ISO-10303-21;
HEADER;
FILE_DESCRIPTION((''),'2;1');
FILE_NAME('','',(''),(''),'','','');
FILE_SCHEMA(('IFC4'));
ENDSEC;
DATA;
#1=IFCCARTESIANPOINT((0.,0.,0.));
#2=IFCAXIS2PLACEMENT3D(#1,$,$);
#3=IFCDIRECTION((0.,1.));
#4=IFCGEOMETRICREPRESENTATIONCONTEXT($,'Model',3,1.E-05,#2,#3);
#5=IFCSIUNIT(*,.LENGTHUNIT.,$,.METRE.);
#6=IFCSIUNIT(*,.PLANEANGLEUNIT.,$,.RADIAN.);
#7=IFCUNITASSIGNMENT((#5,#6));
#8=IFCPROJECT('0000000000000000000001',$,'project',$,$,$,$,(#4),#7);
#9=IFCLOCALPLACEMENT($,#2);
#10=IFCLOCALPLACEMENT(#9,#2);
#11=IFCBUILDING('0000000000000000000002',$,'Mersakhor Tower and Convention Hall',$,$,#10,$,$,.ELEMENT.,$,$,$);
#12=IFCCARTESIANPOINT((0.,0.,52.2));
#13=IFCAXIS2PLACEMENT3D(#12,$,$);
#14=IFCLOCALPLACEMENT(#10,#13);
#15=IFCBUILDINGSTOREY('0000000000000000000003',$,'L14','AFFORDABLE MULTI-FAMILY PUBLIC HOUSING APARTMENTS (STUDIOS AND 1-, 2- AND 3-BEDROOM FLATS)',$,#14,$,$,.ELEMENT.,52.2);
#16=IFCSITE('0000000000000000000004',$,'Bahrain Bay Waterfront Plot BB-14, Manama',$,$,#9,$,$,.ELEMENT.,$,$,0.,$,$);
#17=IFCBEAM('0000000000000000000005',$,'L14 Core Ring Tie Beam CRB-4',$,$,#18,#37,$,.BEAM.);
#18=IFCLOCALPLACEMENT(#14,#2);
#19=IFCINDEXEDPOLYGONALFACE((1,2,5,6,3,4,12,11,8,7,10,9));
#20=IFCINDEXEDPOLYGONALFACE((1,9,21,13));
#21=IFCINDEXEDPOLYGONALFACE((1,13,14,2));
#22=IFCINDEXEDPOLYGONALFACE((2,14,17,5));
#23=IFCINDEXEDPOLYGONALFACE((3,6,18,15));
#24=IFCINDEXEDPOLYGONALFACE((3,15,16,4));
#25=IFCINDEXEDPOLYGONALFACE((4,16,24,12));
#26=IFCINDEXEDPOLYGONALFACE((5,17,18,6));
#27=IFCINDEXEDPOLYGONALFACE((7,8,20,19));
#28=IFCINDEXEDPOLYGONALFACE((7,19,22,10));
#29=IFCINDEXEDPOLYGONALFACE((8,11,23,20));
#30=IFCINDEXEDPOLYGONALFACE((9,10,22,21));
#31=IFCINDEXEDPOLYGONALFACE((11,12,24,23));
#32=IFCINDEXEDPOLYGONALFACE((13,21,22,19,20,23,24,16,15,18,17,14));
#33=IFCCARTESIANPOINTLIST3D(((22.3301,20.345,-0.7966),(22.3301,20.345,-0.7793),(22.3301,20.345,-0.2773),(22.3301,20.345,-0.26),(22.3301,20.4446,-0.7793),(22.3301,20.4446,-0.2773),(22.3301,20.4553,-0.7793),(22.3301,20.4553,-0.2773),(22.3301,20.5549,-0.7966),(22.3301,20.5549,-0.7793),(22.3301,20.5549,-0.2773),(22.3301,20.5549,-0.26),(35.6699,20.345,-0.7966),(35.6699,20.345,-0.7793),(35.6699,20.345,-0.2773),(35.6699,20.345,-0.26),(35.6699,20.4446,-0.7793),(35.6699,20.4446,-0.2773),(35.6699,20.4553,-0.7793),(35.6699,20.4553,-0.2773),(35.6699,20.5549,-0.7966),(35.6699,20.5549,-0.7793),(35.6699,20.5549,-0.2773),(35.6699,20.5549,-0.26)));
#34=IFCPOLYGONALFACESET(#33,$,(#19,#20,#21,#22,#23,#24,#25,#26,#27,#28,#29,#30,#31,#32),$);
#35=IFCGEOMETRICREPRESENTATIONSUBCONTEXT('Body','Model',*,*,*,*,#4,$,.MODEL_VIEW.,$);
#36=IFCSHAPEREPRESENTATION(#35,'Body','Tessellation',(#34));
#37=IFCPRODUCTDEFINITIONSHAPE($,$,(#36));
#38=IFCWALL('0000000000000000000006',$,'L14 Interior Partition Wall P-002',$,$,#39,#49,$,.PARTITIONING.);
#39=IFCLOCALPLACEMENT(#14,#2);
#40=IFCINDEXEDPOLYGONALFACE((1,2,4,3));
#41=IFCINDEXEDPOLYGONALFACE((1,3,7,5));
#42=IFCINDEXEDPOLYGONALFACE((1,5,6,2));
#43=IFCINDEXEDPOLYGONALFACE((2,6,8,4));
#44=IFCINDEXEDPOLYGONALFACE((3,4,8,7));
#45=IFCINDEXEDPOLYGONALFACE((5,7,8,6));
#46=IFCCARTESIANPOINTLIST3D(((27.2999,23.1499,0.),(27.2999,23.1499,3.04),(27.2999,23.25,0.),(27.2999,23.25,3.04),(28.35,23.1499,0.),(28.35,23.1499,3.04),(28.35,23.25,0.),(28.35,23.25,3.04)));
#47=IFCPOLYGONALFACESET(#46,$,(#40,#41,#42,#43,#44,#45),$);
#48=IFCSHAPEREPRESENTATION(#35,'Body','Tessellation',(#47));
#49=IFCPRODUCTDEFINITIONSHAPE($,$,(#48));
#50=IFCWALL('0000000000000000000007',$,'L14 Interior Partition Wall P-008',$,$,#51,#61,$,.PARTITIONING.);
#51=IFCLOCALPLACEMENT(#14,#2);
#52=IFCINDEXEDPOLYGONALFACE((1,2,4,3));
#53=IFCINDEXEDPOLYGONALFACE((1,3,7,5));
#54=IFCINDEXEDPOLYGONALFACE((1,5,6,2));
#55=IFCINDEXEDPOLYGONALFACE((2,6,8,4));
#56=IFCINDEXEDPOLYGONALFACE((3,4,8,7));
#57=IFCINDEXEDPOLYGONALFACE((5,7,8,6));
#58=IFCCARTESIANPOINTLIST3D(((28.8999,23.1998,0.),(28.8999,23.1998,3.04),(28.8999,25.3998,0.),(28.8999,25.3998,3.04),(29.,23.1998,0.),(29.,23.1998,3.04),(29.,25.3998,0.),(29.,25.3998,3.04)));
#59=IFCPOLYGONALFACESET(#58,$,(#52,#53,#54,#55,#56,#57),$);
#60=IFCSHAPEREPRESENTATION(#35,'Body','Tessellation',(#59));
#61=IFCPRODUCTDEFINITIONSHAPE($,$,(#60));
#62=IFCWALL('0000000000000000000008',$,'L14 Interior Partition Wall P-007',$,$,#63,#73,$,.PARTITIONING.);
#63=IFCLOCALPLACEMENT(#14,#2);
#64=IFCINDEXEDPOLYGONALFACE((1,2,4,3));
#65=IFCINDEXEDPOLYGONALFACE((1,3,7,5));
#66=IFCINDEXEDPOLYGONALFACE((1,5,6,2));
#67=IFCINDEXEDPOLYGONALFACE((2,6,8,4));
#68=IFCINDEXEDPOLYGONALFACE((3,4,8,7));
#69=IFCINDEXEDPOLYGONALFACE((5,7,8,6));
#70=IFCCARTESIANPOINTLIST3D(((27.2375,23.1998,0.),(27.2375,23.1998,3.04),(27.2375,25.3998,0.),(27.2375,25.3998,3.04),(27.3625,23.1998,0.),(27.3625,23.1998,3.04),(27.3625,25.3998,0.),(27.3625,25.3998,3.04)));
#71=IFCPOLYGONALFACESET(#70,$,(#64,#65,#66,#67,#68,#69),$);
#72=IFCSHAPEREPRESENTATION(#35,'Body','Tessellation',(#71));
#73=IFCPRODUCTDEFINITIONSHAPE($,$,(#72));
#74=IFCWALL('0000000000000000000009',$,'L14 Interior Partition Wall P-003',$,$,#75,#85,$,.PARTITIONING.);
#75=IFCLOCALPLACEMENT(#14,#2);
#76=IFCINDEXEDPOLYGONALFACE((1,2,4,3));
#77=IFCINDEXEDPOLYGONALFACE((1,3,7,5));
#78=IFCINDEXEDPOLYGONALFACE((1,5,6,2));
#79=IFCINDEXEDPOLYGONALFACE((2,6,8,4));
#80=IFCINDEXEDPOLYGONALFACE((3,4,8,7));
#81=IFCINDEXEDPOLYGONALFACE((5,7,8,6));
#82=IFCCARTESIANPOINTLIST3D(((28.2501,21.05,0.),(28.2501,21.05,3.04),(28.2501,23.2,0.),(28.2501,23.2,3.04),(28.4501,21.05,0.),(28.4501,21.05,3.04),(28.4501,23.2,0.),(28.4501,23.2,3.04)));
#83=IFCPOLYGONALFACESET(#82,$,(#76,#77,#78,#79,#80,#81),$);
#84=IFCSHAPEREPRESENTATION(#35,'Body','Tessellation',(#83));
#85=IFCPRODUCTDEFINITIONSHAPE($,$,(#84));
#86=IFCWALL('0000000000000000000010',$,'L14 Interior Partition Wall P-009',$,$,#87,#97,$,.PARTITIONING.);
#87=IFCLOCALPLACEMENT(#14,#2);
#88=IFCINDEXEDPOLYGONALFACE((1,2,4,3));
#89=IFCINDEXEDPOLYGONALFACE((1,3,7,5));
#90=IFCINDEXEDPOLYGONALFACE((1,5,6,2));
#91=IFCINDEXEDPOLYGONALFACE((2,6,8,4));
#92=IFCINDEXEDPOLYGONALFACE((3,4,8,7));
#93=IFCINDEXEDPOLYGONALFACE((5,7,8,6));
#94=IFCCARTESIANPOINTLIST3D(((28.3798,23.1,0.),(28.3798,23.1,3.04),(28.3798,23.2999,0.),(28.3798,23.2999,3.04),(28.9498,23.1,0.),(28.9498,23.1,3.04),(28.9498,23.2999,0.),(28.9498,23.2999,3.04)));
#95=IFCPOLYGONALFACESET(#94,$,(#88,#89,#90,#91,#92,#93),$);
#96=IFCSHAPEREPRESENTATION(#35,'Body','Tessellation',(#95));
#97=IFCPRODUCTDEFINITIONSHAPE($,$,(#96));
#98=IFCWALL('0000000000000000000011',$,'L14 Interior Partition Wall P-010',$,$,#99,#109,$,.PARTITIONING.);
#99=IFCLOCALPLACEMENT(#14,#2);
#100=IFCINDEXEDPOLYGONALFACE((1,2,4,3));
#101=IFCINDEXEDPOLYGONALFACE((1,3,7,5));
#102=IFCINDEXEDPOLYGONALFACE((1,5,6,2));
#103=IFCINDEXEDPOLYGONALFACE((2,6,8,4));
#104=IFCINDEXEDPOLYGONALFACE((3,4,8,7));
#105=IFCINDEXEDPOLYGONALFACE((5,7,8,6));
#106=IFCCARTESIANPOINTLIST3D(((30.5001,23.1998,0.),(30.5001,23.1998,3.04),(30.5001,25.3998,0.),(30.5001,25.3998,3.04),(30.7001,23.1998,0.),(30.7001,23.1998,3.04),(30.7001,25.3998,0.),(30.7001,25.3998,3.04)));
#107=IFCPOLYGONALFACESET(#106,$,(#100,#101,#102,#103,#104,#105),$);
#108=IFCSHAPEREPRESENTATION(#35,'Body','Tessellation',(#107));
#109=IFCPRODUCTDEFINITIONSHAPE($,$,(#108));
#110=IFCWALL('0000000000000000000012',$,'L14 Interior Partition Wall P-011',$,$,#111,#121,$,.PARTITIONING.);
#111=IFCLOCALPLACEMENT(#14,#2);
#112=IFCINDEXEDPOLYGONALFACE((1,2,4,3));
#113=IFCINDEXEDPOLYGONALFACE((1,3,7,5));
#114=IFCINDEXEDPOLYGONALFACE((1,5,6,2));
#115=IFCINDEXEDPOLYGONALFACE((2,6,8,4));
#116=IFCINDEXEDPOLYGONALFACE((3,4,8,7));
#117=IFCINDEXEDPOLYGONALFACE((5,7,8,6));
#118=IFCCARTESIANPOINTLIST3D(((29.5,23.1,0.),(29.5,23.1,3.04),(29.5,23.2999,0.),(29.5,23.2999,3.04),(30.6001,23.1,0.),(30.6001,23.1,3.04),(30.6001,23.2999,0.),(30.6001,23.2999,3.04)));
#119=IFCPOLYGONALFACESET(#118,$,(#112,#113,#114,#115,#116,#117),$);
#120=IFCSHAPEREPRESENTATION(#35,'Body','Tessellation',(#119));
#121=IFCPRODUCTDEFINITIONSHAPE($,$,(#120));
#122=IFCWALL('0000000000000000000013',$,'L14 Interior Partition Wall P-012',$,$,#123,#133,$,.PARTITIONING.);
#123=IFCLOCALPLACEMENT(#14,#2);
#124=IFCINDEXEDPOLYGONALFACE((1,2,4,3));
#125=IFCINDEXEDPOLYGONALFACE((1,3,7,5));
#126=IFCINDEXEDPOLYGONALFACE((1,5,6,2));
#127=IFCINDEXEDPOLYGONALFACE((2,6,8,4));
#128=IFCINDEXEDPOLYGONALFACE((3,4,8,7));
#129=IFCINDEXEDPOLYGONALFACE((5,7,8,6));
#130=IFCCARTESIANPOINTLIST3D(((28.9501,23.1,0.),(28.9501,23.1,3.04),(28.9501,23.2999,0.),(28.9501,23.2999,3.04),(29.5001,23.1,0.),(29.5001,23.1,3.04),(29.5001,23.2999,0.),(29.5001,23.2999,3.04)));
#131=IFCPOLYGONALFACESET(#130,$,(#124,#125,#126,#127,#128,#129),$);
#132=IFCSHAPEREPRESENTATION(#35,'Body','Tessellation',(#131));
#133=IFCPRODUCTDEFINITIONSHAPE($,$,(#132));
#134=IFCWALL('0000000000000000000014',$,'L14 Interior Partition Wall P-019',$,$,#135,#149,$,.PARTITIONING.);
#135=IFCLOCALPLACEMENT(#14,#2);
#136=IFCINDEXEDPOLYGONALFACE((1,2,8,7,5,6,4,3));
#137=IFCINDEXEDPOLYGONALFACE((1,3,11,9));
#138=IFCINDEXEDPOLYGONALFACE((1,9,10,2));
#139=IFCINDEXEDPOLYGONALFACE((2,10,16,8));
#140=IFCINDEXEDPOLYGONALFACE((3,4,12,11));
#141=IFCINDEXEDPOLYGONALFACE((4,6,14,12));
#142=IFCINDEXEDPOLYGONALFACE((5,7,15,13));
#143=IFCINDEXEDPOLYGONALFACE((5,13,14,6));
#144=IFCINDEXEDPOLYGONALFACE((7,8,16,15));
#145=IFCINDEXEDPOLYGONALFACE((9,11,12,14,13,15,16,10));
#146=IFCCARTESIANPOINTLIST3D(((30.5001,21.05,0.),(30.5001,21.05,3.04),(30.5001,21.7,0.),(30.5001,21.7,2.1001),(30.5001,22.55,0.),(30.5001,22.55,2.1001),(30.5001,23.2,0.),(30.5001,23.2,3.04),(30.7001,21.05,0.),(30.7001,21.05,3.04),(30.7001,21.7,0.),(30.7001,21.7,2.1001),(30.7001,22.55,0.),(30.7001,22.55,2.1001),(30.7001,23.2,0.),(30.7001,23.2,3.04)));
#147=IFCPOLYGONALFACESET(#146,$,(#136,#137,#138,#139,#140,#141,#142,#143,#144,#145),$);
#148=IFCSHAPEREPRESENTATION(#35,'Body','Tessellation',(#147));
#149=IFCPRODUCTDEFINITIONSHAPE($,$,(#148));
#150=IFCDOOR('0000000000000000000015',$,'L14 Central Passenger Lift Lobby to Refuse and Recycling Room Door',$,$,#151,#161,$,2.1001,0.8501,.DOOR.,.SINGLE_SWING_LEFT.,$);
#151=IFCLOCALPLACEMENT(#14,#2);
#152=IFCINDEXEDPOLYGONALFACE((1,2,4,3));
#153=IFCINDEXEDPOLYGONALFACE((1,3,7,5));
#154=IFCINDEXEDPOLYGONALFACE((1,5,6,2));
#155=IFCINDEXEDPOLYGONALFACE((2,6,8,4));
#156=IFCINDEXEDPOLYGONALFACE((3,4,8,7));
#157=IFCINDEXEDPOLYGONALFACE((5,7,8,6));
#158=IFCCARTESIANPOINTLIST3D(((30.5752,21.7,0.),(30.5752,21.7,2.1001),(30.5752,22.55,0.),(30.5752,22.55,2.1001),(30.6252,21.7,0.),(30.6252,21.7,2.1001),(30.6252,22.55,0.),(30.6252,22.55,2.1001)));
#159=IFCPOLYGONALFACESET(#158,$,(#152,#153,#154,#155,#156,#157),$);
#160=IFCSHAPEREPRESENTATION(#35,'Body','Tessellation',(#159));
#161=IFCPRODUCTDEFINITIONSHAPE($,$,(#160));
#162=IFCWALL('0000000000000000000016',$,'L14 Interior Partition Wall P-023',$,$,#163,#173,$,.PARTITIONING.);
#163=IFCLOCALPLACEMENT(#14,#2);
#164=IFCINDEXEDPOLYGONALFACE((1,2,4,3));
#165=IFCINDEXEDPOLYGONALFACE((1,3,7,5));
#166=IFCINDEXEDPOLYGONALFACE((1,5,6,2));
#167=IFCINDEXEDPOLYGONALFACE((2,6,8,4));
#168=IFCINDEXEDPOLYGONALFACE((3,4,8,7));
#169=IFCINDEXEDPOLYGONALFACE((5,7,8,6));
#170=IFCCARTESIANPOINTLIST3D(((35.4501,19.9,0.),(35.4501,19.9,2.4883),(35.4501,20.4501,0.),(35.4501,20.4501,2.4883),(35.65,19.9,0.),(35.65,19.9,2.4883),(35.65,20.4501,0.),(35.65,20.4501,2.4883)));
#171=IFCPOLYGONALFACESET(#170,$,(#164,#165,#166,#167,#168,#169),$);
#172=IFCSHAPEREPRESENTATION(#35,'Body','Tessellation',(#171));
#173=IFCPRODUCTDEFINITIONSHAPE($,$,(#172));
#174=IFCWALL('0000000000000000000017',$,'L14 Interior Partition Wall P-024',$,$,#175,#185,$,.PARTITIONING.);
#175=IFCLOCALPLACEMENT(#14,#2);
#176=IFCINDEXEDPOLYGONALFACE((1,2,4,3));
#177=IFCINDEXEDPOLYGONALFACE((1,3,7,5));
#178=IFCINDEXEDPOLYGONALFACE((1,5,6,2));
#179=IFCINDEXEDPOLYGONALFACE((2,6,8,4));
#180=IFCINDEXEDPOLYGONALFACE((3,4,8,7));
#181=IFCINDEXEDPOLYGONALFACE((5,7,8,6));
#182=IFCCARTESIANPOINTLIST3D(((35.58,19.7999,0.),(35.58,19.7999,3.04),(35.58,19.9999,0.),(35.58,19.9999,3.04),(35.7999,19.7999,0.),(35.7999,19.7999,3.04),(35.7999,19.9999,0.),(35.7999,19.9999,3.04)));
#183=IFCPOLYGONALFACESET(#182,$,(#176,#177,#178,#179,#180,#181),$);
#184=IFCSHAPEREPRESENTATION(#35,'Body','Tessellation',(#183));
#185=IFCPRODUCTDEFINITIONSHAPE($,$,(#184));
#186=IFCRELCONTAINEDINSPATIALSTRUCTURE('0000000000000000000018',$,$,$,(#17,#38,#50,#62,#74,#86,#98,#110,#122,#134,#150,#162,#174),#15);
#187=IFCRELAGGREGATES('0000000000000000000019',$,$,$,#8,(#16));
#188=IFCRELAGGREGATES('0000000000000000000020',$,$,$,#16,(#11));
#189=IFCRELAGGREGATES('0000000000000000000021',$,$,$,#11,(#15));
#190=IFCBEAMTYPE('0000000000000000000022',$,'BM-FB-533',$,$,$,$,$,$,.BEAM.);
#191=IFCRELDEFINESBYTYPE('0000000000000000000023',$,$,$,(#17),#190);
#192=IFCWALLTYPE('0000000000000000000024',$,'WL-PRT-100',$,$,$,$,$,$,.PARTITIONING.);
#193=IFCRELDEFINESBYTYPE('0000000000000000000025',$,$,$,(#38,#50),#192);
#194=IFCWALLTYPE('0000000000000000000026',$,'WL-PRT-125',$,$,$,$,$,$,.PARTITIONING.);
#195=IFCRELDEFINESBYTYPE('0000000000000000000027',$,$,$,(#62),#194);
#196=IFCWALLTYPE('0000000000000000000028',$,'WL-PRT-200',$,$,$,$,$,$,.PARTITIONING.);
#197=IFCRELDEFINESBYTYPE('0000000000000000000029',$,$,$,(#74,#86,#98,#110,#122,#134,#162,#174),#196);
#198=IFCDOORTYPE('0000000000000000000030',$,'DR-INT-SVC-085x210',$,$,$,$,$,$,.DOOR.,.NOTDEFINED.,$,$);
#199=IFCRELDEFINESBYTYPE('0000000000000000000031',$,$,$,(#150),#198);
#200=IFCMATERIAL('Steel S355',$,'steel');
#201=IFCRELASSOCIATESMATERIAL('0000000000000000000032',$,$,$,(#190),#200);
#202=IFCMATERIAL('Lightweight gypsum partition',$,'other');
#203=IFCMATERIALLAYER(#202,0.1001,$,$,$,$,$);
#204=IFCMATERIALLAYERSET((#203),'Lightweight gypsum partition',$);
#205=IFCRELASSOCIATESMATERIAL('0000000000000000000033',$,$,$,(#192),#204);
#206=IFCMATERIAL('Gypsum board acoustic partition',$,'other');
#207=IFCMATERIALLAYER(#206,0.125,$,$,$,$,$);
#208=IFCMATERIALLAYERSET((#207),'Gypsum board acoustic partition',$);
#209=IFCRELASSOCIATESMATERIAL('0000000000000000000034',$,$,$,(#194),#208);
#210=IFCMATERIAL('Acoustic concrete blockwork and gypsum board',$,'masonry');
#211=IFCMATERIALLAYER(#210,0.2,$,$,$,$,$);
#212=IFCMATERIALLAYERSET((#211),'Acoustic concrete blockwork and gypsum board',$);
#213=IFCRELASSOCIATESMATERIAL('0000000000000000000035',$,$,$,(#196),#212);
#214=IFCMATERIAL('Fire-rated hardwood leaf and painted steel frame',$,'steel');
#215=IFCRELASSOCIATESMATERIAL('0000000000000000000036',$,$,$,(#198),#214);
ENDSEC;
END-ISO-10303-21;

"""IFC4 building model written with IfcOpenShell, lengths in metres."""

from ifc_helpers import new_model, si_unit, direction, frame, frame_2d, origin, origin_2d, place, context, subcontext, project, spatial, rectangle, i_section, extrude, material, layer, layer_set, material_profile, profile_set, type_object, element, fill, save


model = new_model("IFC4")

# Units and contexts
model_context = context("Model", 3, precision=1e-05, world=origin(), true_north=direction((0.0, 1.0)))
body_context = subcontext(model_context, "Body", "Model", "MODEL_VIEW")
ifc_project = project(units=[si_unit("LENGTHUNIT", "METRE"), si_unit("PLANEANGLEUNIT", "RADIAN")], contexts=[model_context])

# Site, building, storey
site_placement = place(None, origin())
site = spatial("IfcSite", under=ifc_project, at=site_placement, Name="Bahrain Bay Waterfront Plot BB-14, Manama", CompositionType="ELEMENT", RefElevation=0.0)
building_placement = place(site_placement, origin())
building = spatial("IfcBuilding", under=site, at=building_placement, Name="Mersakhor Tower and Convention Hall", CompositionType="ELEMENT")
storey_placement = place(building_placement, frame((0.0, 0.0, 52.2)))
storey = spatial("IfcBuildingStorey", under=building, at=storey_placement, Name="L14", Description="AFFORDABLE MULTI-FAMILY PUBLIC HOUSING APARTMENTS (STUDIOS AND 1-, 2- AND 3-BEDROOM FLATS)", CompositionType="ELEMENT", Elevation=52.2)

# Beam
ifc_material_1 = material(Name="Steel S355", Category="steel")
ifc_material_profile = material_profile(ifc_material_1, i_section(OverallWidth=0.21, OverallDepth=0.5366, WebThickness=0.0107, FlangeThickness=0.0173, at=origin_2d()), Name="UB 533x210x101")
ifc_profile_set = profile_set([ifc_material_profile], Name="Steel S355")
beam_type = type_object("IfcBeamType", Name="BM-FB-533", PredefinedType="BEAM", material=ifc_profile_set)
beam_placement = place(storey_placement, frame((35.6699, 20.45, -0.5283), z_axis=(-1.0, 0.0, 0.0), x_axis=(0.0, -1.0, 0.0)))
element("IfcBeam", 1, at=beam_placement, inside=storey, type_object=beam_type, Name="L14 Core Ring Tie Beam CRB-4", PredefinedType="BEAM", context=body_context, shape_type="SweptSolid", body=[
    extrude(i_section(OverallWidth=0.21, OverallDepth=0.5366, WebThickness=0.0107, FlangeThickness=0.0173, at=origin_2d()), origin(), (0.0, 0.0, 1.0), 13.3398),
])

# Walls
ifc_material_2 = material(Name="Lightweight gypsum partition", Category="other")
ifc_layer_1 = layer(ifc_material_2, 0.1001)
ifc_layer_set_1 = layer_set([ifc_layer_1], Name="Lightweight gypsum partition")
wall_type_1 = type_object("IfcWallType", Name="WL-PRT-100", PredefinedType="PARTITIONING", material=ifc_layer_set_1)
wall_1_placement = place(storey_placement, frame((27.3, 23.2, 0.0), z_axis=(0.0, 0.0, 1.0), x_axis=(1.0, 0.0, 0.0)))
element("IfcWall", 2, at=wall_1_placement, inside=storey, type_object=wall_type_1, Name="L14 Interior Partition Wall P-002", PredefinedType="PARTITIONING", context=body_context, shape_type="SweptSolid", body=[
    extrude(rectangle(XDim=1.05, YDim=0.1001, at=frame_2d((0.5249, 0.0))), origin(), (0.0, 0.0, 1.0), 3.04),
])
wall_2_placement = place(storey_placement, frame((28.95, 25.3999, 0.0), z_axis=(0.0, 0.0, 1.0), x_axis=(0.0, -1.0, 0.0)))
element("IfcWall", 3, at=wall_2_placement, inside=storey, type_object=wall_type_1, Name="L14 Interior Partition Wall P-008", PredefinedType="PARTITIONING", context=body_context, shape_type="SweptSolid", body=[
    extrude(rectangle(XDim=2.2, YDim=0.1001, at=frame_2d((1.1001, 0.0))), origin(), (0.0, 0.0, 1.0), 3.04),
])
ifc_material_3 = material(Name="Gypsum board acoustic partition", Category="other")
ifc_layer_2 = layer(ifc_material_3, 0.125)
ifc_layer_set_2 = layer_set([ifc_layer_2], Name="Gypsum board acoustic partition")
wall_type_2 = type_object("IfcWallType", Name="WL-PRT-125", PredefinedType="PARTITIONING", material=ifc_layer_set_2)
wall_3_placement = place(storey_placement, frame((27.3, 25.3999, 0.0), z_axis=(0.0, 0.0, 1.0), x_axis=(0.0, -1.0, 0.0)))
element("IfcWall", 4, at=wall_3_placement, inside=storey, type_object=wall_type_2, Name="L14 Interior Partition Wall P-007", PredefinedType="PARTITIONING", context=body_context, shape_type="SweptSolid", body=[
    extrude(rectangle(XDim=2.2, YDim=0.125, at=frame_2d((1.1001, 0.0))), origin(), (0.0, 0.0, 1.0), 3.04),
])
ifc_material_4 = material(Name="Acoustic concrete blockwork and gypsum board", Category="masonry")
ifc_layer_3 = layer(ifc_material_4, 0.2)
ifc_layer_set_3 = layer_set([ifc_layer_3], Name="Acoustic concrete blockwork and gypsum board")
wall_type_3 = type_object("IfcWallType", Name="WL-PRT-200", PredefinedType="PARTITIONING", material=ifc_layer_set_3)
wall_4_placement = place(storey_placement, frame((28.3501, 23.2, 0.0), z_axis=(0.0, 0.0, 1.0), x_axis=(0.0, -1.0, 0.0)))
element("IfcWall", 5, at=wall_4_placement, inside=storey, type_object=wall_type_3, Name="L14 Interior Partition Wall P-003", PredefinedType="PARTITIONING", context=body_context, shape_type="SweptSolid", body=[
    extrude(rectangle(XDim=2.1499, YDim=0.2, at=frame_2d((1.075, 0.0))), origin(), (0.0, 0.0, 1.0), 3.04),
])
wall_5_placement = place(storey_placement, frame((28.95, 23.2, 0.0), z_axis=(0.0, 0.0, 1.0), x_axis=(-1.0, 0.0, 0.0)))
element("IfcWall", 6, at=wall_5_placement, inside=storey, type_object=wall_type_3, Name="L14 Interior Partition Wall P-009", PredefinedType="PARTITIONING", context=body_context, shape_type="SweptSolid", body=[
    extrude(rectangle(XDim=0.5701, YDim=0.2, at=frame_2d((0.2852, 0.0))), origin(), (0.0, 0.0, 1.0), 3.04),
])
wall_6_placement = place(storey_placement, frame((30.6001, 25.3999, 0.0), z_axis=(0.0, 0.0, 1.0), x_axis=(0.0, -1.0, 0.0)))
element("IfcWall", 7, at=wall_6_placement, inside=storey, type_object=wall_type_3, Name="L14 Interior Partition Wall P-010", PredefinedType="PARTITIONING", context=body_context, shape_type="SweptSolid", body=[
    extrude(rectangle(XDim=2.2, YDim=0.2, at=frame_2d((1.1001, 0.0))), origin(), (0.0, 0.0, 1.0), 3.04),
])
wall_7_placement = place(storey_placement, frame((30.6001, 23.2, 0.0), z_axis=(0.0, 0.0, 1.0), x_axis=(-1.0, 0.0, 0.0)))
element("IfcWall", 8, at=wall_7_placement, inside=storey, type_object=wall_type_3, Name="L14 Interior Partition Wall P-011", PredefinedType="PARTITIONING", context=body_context, shape_type="SweptSolid", body=[
    extrude(rectangle(XDim=1.1001, YDim=0.2, at=frame_2d((0.55, 0.0))), origin(), (0.0, 0.0, 1.0), 3.04),
])
wall_8_placement = place(storey_placement, frame((29.5, 23.2, 0.0), z_axis=(0.0, 0.0, 1.0), x_axis=(-1.0, 0.0, 0.0)))
element("IfcWall", 9, at=wall_8_placement, inside=storey, type_object=wall_type_3, Name="L14 Interior Partition Wall P-012", PredefinedType="PARTITIONING", context=body_context, shape_type="SweptSolid", body=[
    extrude(rectangle(XDim=0.55, YDim=0.2, at=frame_2d((0.2749, 0.0))), origin(), (0.0, 0.0, 1.0), 3.04),
])

# Wall, opening, door
wall_9_placement = place(storey_placement, frame((30.6001, 21.05, 0.0), z_axis=(0.0, 0.0, 1.0), x_axis=(0.0, 1.0, 0.0)))
wall_9 = element("IfcWall", 10, at=wall_9_placement, inside=storey, type_object=wall_type_3, Name="L14 Interior Partition Wall P-019", PredefinedType="PARTITIONING", context=body_context, shape_type="SweptSolid", body=[
    extrude(rectangle(XDim=2.1499, YDim=0.2, at=frame_2d((1.075, 0.0))), origin(), (0.0, 0.0, 1.0), 3.04),
])
opening_1_placement = place(wall_9_placement, frame((0.6499, 0.0, 0.0)))
opening_1 = element("IfcOpeningElement", 11, at=opening_1_placement, cuts=wall_9, PredefinedType="OPENING", context=body_context, shape_type="SweptSolid", body=[
    extrude(rectangle(XDim=0.8501, YDim=2.1001, at=frame_2d((0.425, 1.05))), frame((0.0, 0.1099, 0.0), z_axis=(0.0, -1.0, 0.0), x_axis=(1.0, 0.0, 0.0)), (0.0, 0.0, 1.0), 0.22),
])
ifc_material_5 = material(Name="Fire-rated hardwood leaf and painted steel frame", Category="steel")
door_type_1 = type_object("IfcDoorType", Name="DR-INT-SVC-085x210", OperationType="NOTDEFINED", PredefinedType="DOOR", material=ifc_material_5)
door_1_placement = place(opening_1_placement, origin())
door_1 = element("IfcDoor", 12, at=door_1_placement, inside=storey, type_object=door_type_1, Name="L14 Central Passenger Lift Lobby to Refuse and Recycling Room Door", OperationType="SINGLE_SWING_LEFT", OverallHeight=2.1001, OverallWidth=0.8501, PredefinedType="DOOR", context=body_context, shape_type="SweptSolid", body=[
    extrude(rectangle(XDim=0.8501, YDim=2.1001, at=frame_2d((0.425, 1.05))), frame((0.0, 0.0249, 0.0), z_axis=(0.0, -1.0, 0.0), x_axis=(1.0, 0.0, 0.0)), (0.0, 0.0, 1.0), 0.05),
])
fill(opening_1, door_1)

# Walls
wall_10_placement = place(storey_placement, frame((35.55, 20.45, 0.0), z_axis=(0.0, 0.0, 1.0), x_axis=(0.0, -1.0, 0.0)))
element("IfcWall", 13, at=wall_10_placement, inside=storey, type_object=wall_type_3, Name="L14 Interior Partition Wall P-023", PredefinedType="PARTITIONING", context=body_context, shape_type="SweptSolid", body=[
    extrude(rectangle(XDim=0.55, YDim=0.2, at=frame_2d((0.2749, 0.0))), origin(), (0.0, 0.0, 1.0), 2.4883),
])
wall_11_placement = place(storey_placement, frame((35.5801, 19.8999, 0.0), z_axis=(0.0, 0.0, 1.0), x_axis=(1.0, 0.0, 0.0)))
element("IfcWall", 14, at=wall_11_placement, inside=storey, type_object=wall_type_3, Name="L14 Interior Partition Wall P-024", PredefinedType="PARTITIONING", context=body_context, shape_type="SweptSolid", body=[
    extrude(rectangle(XDim=0.22, YDim=0.2, at=frame_2d((0.1099, 0.0))), origin(), (0.0, 0.0, 1.0), 3.04),
])

save(model, "model.ifc")
